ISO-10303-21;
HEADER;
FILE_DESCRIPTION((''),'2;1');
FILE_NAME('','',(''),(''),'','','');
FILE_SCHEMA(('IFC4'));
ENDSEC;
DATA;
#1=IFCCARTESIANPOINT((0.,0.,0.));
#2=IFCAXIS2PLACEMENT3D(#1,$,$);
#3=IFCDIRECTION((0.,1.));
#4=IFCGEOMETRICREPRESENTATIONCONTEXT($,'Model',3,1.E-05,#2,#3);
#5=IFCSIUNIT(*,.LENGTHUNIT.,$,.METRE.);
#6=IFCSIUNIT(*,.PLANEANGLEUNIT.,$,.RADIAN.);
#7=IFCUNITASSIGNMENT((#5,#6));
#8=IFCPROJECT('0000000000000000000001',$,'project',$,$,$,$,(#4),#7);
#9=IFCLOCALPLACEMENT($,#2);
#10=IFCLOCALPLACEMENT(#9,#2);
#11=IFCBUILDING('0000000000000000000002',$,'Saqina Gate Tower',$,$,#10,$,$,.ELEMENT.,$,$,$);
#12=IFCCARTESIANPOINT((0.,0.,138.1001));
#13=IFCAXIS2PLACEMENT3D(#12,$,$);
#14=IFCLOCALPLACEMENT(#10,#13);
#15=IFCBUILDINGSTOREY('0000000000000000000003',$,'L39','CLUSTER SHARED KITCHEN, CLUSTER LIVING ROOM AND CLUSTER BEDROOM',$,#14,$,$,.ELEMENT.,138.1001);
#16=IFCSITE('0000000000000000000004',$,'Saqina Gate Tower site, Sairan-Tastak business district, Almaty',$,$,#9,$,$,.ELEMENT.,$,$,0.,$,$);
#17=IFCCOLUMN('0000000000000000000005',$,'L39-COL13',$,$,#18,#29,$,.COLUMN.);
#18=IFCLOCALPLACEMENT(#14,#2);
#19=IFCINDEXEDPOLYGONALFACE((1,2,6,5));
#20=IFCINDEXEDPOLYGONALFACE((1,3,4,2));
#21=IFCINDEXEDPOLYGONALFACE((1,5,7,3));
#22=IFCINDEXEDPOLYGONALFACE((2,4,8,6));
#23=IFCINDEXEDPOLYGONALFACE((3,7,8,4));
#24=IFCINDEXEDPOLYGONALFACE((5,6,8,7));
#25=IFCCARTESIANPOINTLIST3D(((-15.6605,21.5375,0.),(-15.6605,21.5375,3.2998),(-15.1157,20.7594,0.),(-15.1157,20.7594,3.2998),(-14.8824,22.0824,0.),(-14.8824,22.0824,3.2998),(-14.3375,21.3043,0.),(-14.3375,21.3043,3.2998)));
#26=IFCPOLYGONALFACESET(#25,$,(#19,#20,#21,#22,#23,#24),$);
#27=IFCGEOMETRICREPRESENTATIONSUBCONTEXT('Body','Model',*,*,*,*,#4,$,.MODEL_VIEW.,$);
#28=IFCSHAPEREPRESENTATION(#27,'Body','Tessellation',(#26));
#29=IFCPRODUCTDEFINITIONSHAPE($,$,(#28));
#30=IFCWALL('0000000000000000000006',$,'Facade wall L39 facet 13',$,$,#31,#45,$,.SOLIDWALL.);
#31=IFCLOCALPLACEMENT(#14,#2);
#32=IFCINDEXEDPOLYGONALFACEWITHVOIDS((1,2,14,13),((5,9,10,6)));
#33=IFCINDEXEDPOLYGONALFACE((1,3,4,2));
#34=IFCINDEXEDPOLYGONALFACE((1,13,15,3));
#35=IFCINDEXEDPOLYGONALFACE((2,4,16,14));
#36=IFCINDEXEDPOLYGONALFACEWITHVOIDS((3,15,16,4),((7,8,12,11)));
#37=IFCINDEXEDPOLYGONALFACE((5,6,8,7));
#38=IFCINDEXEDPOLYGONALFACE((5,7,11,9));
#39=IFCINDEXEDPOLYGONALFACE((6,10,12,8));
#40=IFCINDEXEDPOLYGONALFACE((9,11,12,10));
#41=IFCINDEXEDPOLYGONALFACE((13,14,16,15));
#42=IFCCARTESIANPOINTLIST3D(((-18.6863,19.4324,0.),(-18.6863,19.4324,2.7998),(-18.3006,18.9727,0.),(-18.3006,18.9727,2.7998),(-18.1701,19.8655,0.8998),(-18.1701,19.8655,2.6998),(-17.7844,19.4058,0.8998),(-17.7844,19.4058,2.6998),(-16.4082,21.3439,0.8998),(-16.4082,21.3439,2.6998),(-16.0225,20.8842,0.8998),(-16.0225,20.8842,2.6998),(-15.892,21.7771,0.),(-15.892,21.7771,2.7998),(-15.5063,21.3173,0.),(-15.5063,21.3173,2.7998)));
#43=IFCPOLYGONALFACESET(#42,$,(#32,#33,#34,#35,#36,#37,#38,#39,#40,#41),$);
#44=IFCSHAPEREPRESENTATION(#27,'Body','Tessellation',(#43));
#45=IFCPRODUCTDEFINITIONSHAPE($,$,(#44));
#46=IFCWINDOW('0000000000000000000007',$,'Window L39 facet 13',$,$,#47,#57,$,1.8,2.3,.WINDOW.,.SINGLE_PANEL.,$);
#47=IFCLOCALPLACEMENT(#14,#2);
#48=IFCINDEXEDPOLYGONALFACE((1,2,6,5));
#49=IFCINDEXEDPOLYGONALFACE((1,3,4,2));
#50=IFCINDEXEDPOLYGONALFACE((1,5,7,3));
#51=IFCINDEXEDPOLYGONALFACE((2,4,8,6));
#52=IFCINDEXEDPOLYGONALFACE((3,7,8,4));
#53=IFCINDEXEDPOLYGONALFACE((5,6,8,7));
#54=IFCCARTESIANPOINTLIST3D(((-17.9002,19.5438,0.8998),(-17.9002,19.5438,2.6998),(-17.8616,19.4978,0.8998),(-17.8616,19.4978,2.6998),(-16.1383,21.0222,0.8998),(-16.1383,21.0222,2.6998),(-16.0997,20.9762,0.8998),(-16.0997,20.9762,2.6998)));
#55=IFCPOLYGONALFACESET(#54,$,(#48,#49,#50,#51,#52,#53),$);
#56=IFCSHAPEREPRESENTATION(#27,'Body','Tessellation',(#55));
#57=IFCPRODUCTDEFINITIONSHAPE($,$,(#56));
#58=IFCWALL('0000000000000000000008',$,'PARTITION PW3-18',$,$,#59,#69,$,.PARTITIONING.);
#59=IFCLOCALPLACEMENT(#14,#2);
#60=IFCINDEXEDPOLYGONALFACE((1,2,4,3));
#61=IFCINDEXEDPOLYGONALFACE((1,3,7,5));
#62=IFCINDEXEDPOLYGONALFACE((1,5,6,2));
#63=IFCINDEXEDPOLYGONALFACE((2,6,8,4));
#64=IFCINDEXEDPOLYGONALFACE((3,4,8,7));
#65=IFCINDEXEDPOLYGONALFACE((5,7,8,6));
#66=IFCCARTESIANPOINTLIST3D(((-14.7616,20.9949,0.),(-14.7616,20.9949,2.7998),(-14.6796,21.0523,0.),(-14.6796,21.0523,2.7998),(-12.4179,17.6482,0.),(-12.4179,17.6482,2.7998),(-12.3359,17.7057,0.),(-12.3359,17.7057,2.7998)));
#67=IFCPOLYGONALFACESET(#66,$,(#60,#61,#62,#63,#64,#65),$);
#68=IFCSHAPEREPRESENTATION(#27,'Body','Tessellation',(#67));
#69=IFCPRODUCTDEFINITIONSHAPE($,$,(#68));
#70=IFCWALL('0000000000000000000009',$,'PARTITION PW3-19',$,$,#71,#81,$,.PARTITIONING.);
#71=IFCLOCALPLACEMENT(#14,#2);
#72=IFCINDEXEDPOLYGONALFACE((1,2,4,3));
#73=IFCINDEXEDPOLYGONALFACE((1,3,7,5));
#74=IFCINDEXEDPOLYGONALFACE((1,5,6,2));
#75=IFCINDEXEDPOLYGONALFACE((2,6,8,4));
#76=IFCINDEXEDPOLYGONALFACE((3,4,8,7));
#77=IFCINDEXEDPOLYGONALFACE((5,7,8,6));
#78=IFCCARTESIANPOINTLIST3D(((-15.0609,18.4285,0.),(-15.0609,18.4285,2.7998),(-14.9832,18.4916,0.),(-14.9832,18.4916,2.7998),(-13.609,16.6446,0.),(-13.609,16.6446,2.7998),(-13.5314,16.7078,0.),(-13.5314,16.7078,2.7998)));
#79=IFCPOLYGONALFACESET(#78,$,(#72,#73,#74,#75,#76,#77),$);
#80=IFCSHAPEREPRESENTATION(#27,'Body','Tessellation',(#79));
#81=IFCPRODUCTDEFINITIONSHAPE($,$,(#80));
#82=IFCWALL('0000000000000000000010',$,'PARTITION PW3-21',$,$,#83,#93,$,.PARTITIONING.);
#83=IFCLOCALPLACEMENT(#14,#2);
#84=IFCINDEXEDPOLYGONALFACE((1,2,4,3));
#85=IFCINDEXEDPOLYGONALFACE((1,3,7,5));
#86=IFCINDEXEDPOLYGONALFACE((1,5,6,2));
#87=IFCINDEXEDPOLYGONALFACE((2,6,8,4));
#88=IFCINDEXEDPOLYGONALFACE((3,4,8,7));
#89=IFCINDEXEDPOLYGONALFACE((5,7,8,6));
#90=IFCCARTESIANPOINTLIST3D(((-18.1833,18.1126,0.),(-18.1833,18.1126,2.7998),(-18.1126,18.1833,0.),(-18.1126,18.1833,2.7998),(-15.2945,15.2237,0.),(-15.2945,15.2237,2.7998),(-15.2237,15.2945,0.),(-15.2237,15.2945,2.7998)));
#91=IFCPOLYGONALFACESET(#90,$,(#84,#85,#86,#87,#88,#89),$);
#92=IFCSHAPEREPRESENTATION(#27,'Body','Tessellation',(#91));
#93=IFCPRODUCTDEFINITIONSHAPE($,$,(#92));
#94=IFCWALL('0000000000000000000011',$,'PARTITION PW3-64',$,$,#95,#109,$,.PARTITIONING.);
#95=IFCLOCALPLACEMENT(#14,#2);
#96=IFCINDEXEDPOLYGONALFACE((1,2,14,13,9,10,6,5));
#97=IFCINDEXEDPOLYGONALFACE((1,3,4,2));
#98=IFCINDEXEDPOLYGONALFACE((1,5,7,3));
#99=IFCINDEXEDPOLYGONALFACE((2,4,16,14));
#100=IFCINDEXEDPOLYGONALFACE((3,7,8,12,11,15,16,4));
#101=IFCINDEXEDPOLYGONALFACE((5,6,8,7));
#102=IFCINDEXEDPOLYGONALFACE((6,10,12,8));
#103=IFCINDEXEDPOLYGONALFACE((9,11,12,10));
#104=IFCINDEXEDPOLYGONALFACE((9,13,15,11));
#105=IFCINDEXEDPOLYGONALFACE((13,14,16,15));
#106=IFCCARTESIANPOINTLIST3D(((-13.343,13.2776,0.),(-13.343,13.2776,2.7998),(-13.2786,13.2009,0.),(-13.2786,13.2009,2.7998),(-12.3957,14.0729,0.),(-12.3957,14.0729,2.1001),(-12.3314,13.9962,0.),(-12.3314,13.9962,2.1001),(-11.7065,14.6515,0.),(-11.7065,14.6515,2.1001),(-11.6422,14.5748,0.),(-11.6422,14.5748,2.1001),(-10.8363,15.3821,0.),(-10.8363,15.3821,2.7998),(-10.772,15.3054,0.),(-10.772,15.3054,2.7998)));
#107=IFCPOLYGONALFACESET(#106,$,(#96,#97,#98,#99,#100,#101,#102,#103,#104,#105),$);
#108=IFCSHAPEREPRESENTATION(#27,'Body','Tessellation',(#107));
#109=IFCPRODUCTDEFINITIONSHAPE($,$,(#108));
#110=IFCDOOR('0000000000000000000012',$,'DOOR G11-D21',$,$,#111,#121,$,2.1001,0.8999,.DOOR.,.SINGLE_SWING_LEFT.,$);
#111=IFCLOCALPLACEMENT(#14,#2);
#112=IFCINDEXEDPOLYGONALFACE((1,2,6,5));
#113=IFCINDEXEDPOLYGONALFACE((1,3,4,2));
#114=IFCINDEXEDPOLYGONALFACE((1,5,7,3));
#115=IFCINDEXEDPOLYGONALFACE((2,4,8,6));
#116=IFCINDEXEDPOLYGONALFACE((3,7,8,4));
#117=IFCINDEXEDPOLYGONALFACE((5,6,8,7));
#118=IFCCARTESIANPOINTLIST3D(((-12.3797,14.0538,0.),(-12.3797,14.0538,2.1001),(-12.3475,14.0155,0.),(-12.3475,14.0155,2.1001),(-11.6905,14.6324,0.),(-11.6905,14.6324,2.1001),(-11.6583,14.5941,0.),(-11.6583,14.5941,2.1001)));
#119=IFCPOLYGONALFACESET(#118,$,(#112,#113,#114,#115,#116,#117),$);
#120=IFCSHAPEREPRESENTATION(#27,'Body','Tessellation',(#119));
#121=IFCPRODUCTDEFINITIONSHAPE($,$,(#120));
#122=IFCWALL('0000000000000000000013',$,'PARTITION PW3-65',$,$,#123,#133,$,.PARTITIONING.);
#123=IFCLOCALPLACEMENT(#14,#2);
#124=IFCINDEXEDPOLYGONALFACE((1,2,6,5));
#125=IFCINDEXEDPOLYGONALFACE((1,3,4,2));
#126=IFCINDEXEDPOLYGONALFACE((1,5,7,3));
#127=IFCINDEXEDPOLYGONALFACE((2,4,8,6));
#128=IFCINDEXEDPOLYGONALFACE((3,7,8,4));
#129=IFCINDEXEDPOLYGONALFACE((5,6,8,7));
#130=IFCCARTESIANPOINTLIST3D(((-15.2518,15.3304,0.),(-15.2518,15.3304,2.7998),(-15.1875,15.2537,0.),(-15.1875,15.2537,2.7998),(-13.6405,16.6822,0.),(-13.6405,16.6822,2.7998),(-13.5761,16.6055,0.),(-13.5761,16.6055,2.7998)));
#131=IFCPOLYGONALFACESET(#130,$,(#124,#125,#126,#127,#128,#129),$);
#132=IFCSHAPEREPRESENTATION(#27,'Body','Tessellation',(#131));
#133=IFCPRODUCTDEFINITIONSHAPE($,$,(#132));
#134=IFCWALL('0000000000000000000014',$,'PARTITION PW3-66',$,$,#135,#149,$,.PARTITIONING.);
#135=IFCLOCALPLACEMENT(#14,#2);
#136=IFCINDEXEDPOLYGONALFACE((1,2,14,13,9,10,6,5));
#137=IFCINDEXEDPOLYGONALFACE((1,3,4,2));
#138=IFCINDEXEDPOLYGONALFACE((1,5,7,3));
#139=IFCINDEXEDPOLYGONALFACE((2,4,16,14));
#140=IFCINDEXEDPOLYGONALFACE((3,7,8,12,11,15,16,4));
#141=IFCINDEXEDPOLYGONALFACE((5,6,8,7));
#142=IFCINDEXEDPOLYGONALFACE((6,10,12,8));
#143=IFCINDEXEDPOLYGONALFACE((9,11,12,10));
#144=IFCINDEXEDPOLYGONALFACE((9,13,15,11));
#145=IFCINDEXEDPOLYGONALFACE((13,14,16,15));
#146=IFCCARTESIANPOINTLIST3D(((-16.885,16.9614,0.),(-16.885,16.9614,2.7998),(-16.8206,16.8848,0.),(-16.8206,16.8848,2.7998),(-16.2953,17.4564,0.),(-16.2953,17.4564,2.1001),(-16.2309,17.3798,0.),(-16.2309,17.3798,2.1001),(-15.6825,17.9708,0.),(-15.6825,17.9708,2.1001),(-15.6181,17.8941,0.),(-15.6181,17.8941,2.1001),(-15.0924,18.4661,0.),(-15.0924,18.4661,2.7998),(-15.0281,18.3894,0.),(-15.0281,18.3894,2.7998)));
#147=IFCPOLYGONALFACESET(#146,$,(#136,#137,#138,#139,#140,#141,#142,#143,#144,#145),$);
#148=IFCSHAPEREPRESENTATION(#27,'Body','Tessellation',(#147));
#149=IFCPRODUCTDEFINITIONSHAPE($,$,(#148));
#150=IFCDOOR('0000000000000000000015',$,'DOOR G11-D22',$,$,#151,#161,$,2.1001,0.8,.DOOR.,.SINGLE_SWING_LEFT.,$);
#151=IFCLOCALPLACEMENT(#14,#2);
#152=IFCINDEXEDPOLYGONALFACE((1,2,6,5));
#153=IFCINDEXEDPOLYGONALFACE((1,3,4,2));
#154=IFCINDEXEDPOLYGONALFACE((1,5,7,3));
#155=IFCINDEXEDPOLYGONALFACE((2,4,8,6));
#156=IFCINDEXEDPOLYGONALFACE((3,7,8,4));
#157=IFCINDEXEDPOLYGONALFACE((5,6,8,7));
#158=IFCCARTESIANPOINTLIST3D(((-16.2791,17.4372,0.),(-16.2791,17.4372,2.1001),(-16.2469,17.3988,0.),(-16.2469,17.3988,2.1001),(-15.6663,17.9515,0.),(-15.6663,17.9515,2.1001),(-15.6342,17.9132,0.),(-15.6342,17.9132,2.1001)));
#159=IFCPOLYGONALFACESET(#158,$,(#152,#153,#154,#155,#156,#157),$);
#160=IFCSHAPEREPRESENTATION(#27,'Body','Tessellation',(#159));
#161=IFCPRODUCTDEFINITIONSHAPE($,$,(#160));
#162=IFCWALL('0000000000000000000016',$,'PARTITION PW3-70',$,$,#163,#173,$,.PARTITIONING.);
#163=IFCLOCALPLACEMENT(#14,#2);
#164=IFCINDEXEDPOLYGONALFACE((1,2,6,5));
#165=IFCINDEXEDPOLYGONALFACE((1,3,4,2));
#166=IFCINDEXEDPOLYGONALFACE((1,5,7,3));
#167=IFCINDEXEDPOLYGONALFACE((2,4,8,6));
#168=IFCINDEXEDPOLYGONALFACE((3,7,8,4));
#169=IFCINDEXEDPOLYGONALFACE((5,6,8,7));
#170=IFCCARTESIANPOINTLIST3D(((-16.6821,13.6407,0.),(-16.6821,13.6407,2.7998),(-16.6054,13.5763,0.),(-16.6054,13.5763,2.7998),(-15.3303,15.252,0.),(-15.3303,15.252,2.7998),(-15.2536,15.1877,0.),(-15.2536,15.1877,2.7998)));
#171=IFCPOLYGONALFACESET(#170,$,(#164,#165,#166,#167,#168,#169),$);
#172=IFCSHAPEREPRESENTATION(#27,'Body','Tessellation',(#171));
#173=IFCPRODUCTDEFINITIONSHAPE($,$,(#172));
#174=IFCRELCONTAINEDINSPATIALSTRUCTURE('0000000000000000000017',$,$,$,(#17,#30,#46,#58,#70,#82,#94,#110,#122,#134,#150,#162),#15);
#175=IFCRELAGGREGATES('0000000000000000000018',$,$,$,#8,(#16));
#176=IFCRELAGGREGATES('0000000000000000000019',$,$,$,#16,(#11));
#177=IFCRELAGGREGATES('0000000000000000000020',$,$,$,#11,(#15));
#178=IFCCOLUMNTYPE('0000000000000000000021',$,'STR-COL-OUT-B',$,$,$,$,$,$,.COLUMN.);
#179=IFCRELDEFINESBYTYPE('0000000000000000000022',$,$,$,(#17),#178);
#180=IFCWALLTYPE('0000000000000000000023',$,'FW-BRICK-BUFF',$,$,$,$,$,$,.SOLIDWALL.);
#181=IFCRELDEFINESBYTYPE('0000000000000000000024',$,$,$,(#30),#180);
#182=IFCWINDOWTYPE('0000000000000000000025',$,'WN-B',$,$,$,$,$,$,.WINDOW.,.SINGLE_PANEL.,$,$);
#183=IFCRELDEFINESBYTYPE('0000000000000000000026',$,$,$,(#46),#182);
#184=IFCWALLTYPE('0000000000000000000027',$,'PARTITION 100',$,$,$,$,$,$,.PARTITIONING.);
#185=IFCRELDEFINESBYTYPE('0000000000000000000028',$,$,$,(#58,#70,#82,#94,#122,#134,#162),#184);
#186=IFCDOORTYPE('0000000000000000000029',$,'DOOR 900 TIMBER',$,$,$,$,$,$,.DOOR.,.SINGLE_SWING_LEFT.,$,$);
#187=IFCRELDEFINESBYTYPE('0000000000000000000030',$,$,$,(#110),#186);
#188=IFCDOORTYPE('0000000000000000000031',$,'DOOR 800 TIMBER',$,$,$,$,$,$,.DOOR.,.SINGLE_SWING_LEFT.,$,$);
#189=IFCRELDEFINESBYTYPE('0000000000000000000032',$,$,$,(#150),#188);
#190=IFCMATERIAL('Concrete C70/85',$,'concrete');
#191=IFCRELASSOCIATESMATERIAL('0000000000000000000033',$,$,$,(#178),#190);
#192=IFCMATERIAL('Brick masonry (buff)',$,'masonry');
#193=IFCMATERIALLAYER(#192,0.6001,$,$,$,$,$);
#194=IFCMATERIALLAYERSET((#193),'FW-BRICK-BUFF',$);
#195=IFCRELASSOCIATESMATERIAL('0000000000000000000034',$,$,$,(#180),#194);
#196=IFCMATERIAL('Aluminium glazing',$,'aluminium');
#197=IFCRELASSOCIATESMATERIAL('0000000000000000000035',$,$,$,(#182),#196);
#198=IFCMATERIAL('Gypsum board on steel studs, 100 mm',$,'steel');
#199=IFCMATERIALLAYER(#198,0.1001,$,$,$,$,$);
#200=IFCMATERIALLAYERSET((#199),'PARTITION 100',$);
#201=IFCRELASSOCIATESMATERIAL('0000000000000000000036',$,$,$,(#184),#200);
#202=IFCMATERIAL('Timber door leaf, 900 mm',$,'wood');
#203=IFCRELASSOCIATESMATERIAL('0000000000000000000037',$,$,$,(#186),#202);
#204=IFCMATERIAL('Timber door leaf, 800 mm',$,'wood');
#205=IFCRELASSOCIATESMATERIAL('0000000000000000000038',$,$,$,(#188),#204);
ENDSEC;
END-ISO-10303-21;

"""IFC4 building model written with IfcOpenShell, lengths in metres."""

from ifc_helpers import new_model, si_unit, direction, frame, frame_2d, origin, origin_2d, place, context, subcontext, project, spatial, rectangle, extrude, material, layer, layer_set, material_profile, profile_set, type_object, element, fill, save


model = new_model("IFC4")

# Units and contexts
model_context = context("Model", 3, precision=1e-05, world=origin(), true_north=direction((0.0, 1.0)))
body_context = subcontext(model_context, "Body", "Model", "MODEL_VIEW")
ifc_project = project(units=[si_unit("LENGTHUNIT", "METRE"), si_unit("PLANEANGLEUNIT", "RADIAN")], contexts=[model_context])

# Site, building, storey
site_placement = place(None, origin())
site = spatial("IfcSite", under=ifc_project, at=site_placement, Name="Saqina Gate Tower site, Sairan-Tastak business district, Almaty", CompositionType="ELEMENT", RefElevation=0.0)
building_placement = place(site_placement, origin())
building = spatial("IfcBuilding", under=site, at=building_placement, Name="Saqina Gate Tower", CompositionType="ELEMENT")
storey_placement = place(building_placement, frame((0.0, 0.0, 138.1001)))
storey = spatial("IfcBuildingStorey", under=building, at=storey_placement, Name="L39", Description="CLUSTER SHARED KITCHEN, CLUSTER LIVING ROOM AND CLUSTER BEDROOM", CompositionType="ELEMENT", Elevation=138.1001)

# Column
ifc_material_1 = material(Name="Concrete C70/85", Category="concrete")
ifc_material_profile = material_profile(ifc_material_1, rectangle(XDim=0.95, YDim=0.95, at=origin_2d()), Name="RC 950x950")
ifc_profile_set = profile_set([ifc_material_profile], Name="Concrete C70/85")
column_type = type_object("IfcColumnType", Name="STR-COL-OUT-B", PredefinedType="COLUMN", material=ifc_profile_set)
column_placement = place(storey_placement, frame((-14.999, 21.4209, 0.0), z_axis=(0.0, 0.0, 1.0), x_axis=(-0.573576, 0.819152, 0.0)))
element("IfcColumn", 1, at=column_placement, inside=storey, type_object=column_type, Name="L39-COL13", PredefinedType="COLUMN", context=body_context, shape_type="SweptSolid", body=[
    extrude(rectangle(XDim=0.95, YDim=0.95, at=origin_2d()), origin(), (0.0, 0.0, 1.0), 3.2998),
])

# Wall, opening, window
ifc_material_2 = material(Name="Brick masonry (buff)", Category="masonry")
ifc_layer_1 = layer(ifc_material_2, 0.6001)
ifc_layer_set_1 = layer_set([ifc_layer_1], Name="FW-BRICK-BUFF")
wall_type_1 = type_object("IfcWallType", Name="FW-BRICK-BUFF", PredefinedType="SOLIDWALL", material=ifc_layer_set_1)
wall_1_placement = place(storey_placement, frame((-15.6992, 21.5471, 0.0), z_axis=(0.0, 0.0, 1.0), x_axis=(-0.766055, -0.642774, 0.0)))
wall_1 = element("IfcWall", 2, at=wall_1_placement, inside=storey, type_object=wall_type_1, Name="Facade wall L39 facet 13", PredefinedType="SOLIDWALL", context=body_context, shape_type="SweptSolid", body=[
    extrude(rectangle(XDim=3.6477, YDim=0.6001, at=frame_2d((1.8237, 0.0))), origin(), (0.0, 0.0, 1.0), 2.7998),
])
opening_1_placement = place(wall_1_placement, frame((0.6738, 0.0, 0.8999)))
opening_1 = element("IfcOpeningElement", 3, at=opening_1_placement, cuts=wall_1, PredefinedType="OPENING", context=body_context, shape_type="SweptSolid", body=[
    extrude(rectangle(XDim=2.3, YDim=1.8, at=frame_2d((1.1499, 0.8999))), frame((0.0, 0.312, 0.0), z_axis=(0.0, -1.0, 0.0), x_axis=(1.0, 0.0, 0.0)), (0.0, 0.0, 1.0), 0.624),
])
ifc_material_3 = material(Name="Aluminium glazing", Category="aluminium")
window_type = type_object("IfcWindowType", Name="WN-B", PartitioningType="SINGLE_PANEL", PredefinedType="WINDOW", material=ifc_material_3)
window_placement = place(opening_1_placement, origin())
window = element("IfcWindow", 4, at=window_placement, inside=storey, type_object=window_type, Name="Window L39 facet 13", OverallHeight=1.8, OverallWidth=2.3, PartitioningType="SINGLE_PANEL", PredefinedType="WINDOW", context=body_context, shape_type="SweptSolid", body=[
    extrude(rectangle(XDim=2.3, YDim=1.8, at=frame_2d((1.1499, 0.8999))), frame((0.0, 0.1799, 0.0), z_axis=(0.0, -1.0, 0.0), x_axis=(1.0, 0.0, 0.0)), (0.0, 0.0, 1.0), 0.0601),
])
fill(opening_1, window)

# Walls
ifc_material_4 = material(Name="Gypsum board on steel studs, 100 mm", Category="steel")
ifc_layer_2 = layer(ifc_material_4, 0.1001)
ifc_layer_set_2 = layer_set([ifc_layer_2], Name="PARTITION 100")
wall_type_2 = type_object("IfcWallType", Name="PARTITION 100", PredefinedType="PARTITIONING", material=ifc_layer_set_2)
wall_2_placement = place(storey_placement, frame((-14.7207, 21.0237, 0.0), z_axis=(0.0, 0.0, 1.0), x_axis=(0.573639, -0.819108, 0.0)))
element("IfcWall", 5, at=wall_2_placement, inside=storey, type_object=wall_type_2, Name="PARTITION PW3-18", PredefinedType="PARTITIONING", context=body_context, shape_type="SweptSolid", body=[
    extrude(rectangle(XDim=4.0857, YDim=0.1001, at=frame_2d((2.043, 0.0))), origin(), (0.0, 0.0, 1.0), 2.7998),
])
wall_3_placement = place(storey_placement, frame((-15.022, 18.46, 0.0), z_axis=(0.0, 0.0, 1.0), x_axis=(0.631236, -0.775591, 0.0)))
element("IfcWall", 6, at=wall_3_placement, inside=storey, type_object=wall_type_2, Name="PARTITION PW3-19", PredefinedType="PARTITIONING", context=body_context, shape_type="SweptSolid", body=[
    extrude(rectangle(XDim=2.3, YDim=0.1001, at=frame_2d((1.1499, 0.0))), origin(), (0.0, 0.0, 1.0), 2.7998),
])
wall_4_placement = place(storey_placement, frame((-18.1479, 18.1479, 0.0), z_axis=(0.0, 0.0, 1.0), x_axis=(0.707107, -0.707107, 0.0)))
element("IfcWall", 7, at=wall_4_placement, inside=storey, type_object=wall_type_2, Name="PARTITION PW3-21", PredefinedType="PARTITIONING", context=body_context, shape_type="SweptSolid", body=[
    extrude(rectangle(XDim=4.0854, YDim=0.1001, at=frame_2d((2.0427, 0.0))), origin(), (0.0, 0.0, 1.0), 2.7998),
])

# Wall, opening, door
wall_5_placement = place(storey_placement, frame((-13.3108, 13.2393, 0.0), z_axis=(0.0, 0.0, 1.0), x_axis=(0.765862, 0.643005, 0.0)))
wall_5 = element("IfcWall", 8, at=wall_5_placement, inside=storey, type_object=wall_type_2, Name="PARTITION PW3-64", PredefinedType="PARTITIONING", context=body_context, shape_type="SweptSolid", body=[
    extrude(rectangle(XDim=3.2729, YDim=0.1001, at=frame_2d((1.6365, 0.0))), origin(), (0.0, 0.0, 1.0), 2.7998),
])
opening_2_placement = place(wall_5_placement, frame((1.2368, 0.0, 0.0)))
opening_2 = element("IfcOpeningElement", 9, at=opening_2_placement, cuts=wall_5, PredefinedType="OPENING", context=body_context, shape_type="SweptSolid", body=[
    extrude(rectangle(XDim=0.8999, YDim=2.1001, at=frame_2d((0.45, 1.05))), frame((0.0, 0.062, 0.0), z_axis=(0.0, -1.0, 0.0), x_axis=(1.0, 0.0, 0.0)), (0.0, 0.0, 1.0), 0.124),
])
ifc_material_5 = material(Name="Timber door leaf, 900 mm", Category="wood")
door_type_1 = type_object("IfcDoorType", Name="DOOR 900 TIMBER", OperationType="SINGLE_SWING_LEFT", PredefinedType="DOOR", material=ifc_material_5)
door_1_placement = place(opening_2_placement, frame((0.8999, 0.0, 0.0), z_axis=(0.0, 0.0, 1.0), x_axis=(-1.0, 0.0, 0.0)))
door_1 = element("IfcDoor", 10, at=door_1_placement, inside=storey, type_object=door_type_1, Name="DOOR G11-D21", OperationType="SINGLE_SWING_LEFT", OverallHeight=2.1001, OverallWidth=0.8999, PredefinedType="DOOR", context=body_context, shape_type="SweptSolid", body=[
    extrude(rectangle(XDim=0.8999, YDim=2.1001, at=frame_2d((0.45, 1.05))), frame((0.0, 0.0249, 0.0), z_axis=(0.0, -1.0, 0.0), x_axis=(1.0, 0.0, 0.0)), (0.0, 0.0, 1.0), 0.05),
])
fill(opening_2, door_1)

# Wall
wall_6_placement = place(storey_placement, frame((-15.2197, 15.292, 0.0), z_axis=(0.0, 0.0, 1.0), x_axis=(0.766105, 0.642716, 0.0)))
element("IfcWall", 11, at=wall_6_placement, inside=storey, type_object=wall_type_2, Name="PARTITION PW3-65", PredefinedType="PARTITIONING", context=body_context, shape_type="SweptSolid", body=[
    extrude(rectangle(XDim=2.1033, YDim=0.1001, at=frame_2d((1.0518, 0.0))), origin(), (0.0, 0.0, 1.0), 2.7998),
])

# Wall, opening, door
wall_7_placement = place(storey_placement, frame((-16.8528, 16.9231, 0.0), z_axis=(0.0, 0.0, 1.0), x_axis=(0.765925, 0.64293, 0.0)))
wall_7 = element("IfcWall", 12, at=wall_7_placement, inside=storey, type_object=wall_type_2, Name="PARTITION PW3-66", PredefinedType="PARTITIONING", context=body_context, shape_type="SweptSolid", body=[
    extrude(rectangle(XDim=2.3403, YDim=0.1001, at=frame_2d((1.1702, 0.0))), origin(), (0.0, 0.0, 1.0), 2.7998),
])
opening_3_placement = place(wall_7_placement, frame((0.77, 0.0, 0.0)))
opening_3 = element("IfcOpeningElement", 13, at=opening_3_placement, cuts=wall_7, PredefinedType="OPENING", context=body_context, shape_type="SweptSolid", body=[
    extrude(rectangle(XDim=0.8, YDim=2.1001, at=frame_2d((0.3999, 1.05))), frame((0.0, 0.062, 0.0), z_axis=(0.0, -1.0, 0.0), x_axis=(1.0, 0.0, 0.0)), (0.0, 0.0, 1.0), 0.124),
])
ifc_material_6 = material(Name="Timber door leaf, 800 mm", Category="wood")
door_type_2 = type_object("IfcDoorType", Name="DOOR 800 TIMBER", OperationType="SINGLE_SWING_LEFT", PredefinedType="DOOR", material=ifc_material_6)
door_2_placement = place(opening_3_placement, origin())
door_2 = element("IfcDoor", 14, at=door_2_placement, inside=storey, type_object=door_type_2, Name="DOOR G11-D22", OperationType="SINGLE_SWING_LEFT", OverallHeight=2.1001, OverallWidth=0.8, PredefinedType="DOOR", context=body_context, shape_type="SweptSolid", body=[
    extrude(rectangle(XDim=0.8, YDim=2.1001, at=frame_2d((0.3999, 1.05))), frame((0.0, 0.0249, 0.0), z_axis=(0.0, -1.0, 0.0), x_axis=(1.0, 0.0, 0.0)), (0.0, 0.0, 1.0), 0.05),
])
fill(opening_3, door_2)

# Wall
wall_8_placement = place(storey_placement, frame((-16.6438, 13.6084, 0.0), z_axis=(0.0, 0.0, 1.0), x_axis=(0.642716, 0.766105, 0.0)))
element("IfcWall", 15, at=wall_8_placement, inside=storey, type_object=wall_type_2, Name="PARTITION PW3-70", PredefinedType="PARTITIONING", context=body_context, shape_type="SweptSolid", body=[
    extrude(rectangle(XDim=2.1033, YDim=0.1001, at=frame_2d((1.0518, 0.0))), origin(), (0.0, 0.0, 1.0), 2.7998),
])

save(model, "model.ifc")
